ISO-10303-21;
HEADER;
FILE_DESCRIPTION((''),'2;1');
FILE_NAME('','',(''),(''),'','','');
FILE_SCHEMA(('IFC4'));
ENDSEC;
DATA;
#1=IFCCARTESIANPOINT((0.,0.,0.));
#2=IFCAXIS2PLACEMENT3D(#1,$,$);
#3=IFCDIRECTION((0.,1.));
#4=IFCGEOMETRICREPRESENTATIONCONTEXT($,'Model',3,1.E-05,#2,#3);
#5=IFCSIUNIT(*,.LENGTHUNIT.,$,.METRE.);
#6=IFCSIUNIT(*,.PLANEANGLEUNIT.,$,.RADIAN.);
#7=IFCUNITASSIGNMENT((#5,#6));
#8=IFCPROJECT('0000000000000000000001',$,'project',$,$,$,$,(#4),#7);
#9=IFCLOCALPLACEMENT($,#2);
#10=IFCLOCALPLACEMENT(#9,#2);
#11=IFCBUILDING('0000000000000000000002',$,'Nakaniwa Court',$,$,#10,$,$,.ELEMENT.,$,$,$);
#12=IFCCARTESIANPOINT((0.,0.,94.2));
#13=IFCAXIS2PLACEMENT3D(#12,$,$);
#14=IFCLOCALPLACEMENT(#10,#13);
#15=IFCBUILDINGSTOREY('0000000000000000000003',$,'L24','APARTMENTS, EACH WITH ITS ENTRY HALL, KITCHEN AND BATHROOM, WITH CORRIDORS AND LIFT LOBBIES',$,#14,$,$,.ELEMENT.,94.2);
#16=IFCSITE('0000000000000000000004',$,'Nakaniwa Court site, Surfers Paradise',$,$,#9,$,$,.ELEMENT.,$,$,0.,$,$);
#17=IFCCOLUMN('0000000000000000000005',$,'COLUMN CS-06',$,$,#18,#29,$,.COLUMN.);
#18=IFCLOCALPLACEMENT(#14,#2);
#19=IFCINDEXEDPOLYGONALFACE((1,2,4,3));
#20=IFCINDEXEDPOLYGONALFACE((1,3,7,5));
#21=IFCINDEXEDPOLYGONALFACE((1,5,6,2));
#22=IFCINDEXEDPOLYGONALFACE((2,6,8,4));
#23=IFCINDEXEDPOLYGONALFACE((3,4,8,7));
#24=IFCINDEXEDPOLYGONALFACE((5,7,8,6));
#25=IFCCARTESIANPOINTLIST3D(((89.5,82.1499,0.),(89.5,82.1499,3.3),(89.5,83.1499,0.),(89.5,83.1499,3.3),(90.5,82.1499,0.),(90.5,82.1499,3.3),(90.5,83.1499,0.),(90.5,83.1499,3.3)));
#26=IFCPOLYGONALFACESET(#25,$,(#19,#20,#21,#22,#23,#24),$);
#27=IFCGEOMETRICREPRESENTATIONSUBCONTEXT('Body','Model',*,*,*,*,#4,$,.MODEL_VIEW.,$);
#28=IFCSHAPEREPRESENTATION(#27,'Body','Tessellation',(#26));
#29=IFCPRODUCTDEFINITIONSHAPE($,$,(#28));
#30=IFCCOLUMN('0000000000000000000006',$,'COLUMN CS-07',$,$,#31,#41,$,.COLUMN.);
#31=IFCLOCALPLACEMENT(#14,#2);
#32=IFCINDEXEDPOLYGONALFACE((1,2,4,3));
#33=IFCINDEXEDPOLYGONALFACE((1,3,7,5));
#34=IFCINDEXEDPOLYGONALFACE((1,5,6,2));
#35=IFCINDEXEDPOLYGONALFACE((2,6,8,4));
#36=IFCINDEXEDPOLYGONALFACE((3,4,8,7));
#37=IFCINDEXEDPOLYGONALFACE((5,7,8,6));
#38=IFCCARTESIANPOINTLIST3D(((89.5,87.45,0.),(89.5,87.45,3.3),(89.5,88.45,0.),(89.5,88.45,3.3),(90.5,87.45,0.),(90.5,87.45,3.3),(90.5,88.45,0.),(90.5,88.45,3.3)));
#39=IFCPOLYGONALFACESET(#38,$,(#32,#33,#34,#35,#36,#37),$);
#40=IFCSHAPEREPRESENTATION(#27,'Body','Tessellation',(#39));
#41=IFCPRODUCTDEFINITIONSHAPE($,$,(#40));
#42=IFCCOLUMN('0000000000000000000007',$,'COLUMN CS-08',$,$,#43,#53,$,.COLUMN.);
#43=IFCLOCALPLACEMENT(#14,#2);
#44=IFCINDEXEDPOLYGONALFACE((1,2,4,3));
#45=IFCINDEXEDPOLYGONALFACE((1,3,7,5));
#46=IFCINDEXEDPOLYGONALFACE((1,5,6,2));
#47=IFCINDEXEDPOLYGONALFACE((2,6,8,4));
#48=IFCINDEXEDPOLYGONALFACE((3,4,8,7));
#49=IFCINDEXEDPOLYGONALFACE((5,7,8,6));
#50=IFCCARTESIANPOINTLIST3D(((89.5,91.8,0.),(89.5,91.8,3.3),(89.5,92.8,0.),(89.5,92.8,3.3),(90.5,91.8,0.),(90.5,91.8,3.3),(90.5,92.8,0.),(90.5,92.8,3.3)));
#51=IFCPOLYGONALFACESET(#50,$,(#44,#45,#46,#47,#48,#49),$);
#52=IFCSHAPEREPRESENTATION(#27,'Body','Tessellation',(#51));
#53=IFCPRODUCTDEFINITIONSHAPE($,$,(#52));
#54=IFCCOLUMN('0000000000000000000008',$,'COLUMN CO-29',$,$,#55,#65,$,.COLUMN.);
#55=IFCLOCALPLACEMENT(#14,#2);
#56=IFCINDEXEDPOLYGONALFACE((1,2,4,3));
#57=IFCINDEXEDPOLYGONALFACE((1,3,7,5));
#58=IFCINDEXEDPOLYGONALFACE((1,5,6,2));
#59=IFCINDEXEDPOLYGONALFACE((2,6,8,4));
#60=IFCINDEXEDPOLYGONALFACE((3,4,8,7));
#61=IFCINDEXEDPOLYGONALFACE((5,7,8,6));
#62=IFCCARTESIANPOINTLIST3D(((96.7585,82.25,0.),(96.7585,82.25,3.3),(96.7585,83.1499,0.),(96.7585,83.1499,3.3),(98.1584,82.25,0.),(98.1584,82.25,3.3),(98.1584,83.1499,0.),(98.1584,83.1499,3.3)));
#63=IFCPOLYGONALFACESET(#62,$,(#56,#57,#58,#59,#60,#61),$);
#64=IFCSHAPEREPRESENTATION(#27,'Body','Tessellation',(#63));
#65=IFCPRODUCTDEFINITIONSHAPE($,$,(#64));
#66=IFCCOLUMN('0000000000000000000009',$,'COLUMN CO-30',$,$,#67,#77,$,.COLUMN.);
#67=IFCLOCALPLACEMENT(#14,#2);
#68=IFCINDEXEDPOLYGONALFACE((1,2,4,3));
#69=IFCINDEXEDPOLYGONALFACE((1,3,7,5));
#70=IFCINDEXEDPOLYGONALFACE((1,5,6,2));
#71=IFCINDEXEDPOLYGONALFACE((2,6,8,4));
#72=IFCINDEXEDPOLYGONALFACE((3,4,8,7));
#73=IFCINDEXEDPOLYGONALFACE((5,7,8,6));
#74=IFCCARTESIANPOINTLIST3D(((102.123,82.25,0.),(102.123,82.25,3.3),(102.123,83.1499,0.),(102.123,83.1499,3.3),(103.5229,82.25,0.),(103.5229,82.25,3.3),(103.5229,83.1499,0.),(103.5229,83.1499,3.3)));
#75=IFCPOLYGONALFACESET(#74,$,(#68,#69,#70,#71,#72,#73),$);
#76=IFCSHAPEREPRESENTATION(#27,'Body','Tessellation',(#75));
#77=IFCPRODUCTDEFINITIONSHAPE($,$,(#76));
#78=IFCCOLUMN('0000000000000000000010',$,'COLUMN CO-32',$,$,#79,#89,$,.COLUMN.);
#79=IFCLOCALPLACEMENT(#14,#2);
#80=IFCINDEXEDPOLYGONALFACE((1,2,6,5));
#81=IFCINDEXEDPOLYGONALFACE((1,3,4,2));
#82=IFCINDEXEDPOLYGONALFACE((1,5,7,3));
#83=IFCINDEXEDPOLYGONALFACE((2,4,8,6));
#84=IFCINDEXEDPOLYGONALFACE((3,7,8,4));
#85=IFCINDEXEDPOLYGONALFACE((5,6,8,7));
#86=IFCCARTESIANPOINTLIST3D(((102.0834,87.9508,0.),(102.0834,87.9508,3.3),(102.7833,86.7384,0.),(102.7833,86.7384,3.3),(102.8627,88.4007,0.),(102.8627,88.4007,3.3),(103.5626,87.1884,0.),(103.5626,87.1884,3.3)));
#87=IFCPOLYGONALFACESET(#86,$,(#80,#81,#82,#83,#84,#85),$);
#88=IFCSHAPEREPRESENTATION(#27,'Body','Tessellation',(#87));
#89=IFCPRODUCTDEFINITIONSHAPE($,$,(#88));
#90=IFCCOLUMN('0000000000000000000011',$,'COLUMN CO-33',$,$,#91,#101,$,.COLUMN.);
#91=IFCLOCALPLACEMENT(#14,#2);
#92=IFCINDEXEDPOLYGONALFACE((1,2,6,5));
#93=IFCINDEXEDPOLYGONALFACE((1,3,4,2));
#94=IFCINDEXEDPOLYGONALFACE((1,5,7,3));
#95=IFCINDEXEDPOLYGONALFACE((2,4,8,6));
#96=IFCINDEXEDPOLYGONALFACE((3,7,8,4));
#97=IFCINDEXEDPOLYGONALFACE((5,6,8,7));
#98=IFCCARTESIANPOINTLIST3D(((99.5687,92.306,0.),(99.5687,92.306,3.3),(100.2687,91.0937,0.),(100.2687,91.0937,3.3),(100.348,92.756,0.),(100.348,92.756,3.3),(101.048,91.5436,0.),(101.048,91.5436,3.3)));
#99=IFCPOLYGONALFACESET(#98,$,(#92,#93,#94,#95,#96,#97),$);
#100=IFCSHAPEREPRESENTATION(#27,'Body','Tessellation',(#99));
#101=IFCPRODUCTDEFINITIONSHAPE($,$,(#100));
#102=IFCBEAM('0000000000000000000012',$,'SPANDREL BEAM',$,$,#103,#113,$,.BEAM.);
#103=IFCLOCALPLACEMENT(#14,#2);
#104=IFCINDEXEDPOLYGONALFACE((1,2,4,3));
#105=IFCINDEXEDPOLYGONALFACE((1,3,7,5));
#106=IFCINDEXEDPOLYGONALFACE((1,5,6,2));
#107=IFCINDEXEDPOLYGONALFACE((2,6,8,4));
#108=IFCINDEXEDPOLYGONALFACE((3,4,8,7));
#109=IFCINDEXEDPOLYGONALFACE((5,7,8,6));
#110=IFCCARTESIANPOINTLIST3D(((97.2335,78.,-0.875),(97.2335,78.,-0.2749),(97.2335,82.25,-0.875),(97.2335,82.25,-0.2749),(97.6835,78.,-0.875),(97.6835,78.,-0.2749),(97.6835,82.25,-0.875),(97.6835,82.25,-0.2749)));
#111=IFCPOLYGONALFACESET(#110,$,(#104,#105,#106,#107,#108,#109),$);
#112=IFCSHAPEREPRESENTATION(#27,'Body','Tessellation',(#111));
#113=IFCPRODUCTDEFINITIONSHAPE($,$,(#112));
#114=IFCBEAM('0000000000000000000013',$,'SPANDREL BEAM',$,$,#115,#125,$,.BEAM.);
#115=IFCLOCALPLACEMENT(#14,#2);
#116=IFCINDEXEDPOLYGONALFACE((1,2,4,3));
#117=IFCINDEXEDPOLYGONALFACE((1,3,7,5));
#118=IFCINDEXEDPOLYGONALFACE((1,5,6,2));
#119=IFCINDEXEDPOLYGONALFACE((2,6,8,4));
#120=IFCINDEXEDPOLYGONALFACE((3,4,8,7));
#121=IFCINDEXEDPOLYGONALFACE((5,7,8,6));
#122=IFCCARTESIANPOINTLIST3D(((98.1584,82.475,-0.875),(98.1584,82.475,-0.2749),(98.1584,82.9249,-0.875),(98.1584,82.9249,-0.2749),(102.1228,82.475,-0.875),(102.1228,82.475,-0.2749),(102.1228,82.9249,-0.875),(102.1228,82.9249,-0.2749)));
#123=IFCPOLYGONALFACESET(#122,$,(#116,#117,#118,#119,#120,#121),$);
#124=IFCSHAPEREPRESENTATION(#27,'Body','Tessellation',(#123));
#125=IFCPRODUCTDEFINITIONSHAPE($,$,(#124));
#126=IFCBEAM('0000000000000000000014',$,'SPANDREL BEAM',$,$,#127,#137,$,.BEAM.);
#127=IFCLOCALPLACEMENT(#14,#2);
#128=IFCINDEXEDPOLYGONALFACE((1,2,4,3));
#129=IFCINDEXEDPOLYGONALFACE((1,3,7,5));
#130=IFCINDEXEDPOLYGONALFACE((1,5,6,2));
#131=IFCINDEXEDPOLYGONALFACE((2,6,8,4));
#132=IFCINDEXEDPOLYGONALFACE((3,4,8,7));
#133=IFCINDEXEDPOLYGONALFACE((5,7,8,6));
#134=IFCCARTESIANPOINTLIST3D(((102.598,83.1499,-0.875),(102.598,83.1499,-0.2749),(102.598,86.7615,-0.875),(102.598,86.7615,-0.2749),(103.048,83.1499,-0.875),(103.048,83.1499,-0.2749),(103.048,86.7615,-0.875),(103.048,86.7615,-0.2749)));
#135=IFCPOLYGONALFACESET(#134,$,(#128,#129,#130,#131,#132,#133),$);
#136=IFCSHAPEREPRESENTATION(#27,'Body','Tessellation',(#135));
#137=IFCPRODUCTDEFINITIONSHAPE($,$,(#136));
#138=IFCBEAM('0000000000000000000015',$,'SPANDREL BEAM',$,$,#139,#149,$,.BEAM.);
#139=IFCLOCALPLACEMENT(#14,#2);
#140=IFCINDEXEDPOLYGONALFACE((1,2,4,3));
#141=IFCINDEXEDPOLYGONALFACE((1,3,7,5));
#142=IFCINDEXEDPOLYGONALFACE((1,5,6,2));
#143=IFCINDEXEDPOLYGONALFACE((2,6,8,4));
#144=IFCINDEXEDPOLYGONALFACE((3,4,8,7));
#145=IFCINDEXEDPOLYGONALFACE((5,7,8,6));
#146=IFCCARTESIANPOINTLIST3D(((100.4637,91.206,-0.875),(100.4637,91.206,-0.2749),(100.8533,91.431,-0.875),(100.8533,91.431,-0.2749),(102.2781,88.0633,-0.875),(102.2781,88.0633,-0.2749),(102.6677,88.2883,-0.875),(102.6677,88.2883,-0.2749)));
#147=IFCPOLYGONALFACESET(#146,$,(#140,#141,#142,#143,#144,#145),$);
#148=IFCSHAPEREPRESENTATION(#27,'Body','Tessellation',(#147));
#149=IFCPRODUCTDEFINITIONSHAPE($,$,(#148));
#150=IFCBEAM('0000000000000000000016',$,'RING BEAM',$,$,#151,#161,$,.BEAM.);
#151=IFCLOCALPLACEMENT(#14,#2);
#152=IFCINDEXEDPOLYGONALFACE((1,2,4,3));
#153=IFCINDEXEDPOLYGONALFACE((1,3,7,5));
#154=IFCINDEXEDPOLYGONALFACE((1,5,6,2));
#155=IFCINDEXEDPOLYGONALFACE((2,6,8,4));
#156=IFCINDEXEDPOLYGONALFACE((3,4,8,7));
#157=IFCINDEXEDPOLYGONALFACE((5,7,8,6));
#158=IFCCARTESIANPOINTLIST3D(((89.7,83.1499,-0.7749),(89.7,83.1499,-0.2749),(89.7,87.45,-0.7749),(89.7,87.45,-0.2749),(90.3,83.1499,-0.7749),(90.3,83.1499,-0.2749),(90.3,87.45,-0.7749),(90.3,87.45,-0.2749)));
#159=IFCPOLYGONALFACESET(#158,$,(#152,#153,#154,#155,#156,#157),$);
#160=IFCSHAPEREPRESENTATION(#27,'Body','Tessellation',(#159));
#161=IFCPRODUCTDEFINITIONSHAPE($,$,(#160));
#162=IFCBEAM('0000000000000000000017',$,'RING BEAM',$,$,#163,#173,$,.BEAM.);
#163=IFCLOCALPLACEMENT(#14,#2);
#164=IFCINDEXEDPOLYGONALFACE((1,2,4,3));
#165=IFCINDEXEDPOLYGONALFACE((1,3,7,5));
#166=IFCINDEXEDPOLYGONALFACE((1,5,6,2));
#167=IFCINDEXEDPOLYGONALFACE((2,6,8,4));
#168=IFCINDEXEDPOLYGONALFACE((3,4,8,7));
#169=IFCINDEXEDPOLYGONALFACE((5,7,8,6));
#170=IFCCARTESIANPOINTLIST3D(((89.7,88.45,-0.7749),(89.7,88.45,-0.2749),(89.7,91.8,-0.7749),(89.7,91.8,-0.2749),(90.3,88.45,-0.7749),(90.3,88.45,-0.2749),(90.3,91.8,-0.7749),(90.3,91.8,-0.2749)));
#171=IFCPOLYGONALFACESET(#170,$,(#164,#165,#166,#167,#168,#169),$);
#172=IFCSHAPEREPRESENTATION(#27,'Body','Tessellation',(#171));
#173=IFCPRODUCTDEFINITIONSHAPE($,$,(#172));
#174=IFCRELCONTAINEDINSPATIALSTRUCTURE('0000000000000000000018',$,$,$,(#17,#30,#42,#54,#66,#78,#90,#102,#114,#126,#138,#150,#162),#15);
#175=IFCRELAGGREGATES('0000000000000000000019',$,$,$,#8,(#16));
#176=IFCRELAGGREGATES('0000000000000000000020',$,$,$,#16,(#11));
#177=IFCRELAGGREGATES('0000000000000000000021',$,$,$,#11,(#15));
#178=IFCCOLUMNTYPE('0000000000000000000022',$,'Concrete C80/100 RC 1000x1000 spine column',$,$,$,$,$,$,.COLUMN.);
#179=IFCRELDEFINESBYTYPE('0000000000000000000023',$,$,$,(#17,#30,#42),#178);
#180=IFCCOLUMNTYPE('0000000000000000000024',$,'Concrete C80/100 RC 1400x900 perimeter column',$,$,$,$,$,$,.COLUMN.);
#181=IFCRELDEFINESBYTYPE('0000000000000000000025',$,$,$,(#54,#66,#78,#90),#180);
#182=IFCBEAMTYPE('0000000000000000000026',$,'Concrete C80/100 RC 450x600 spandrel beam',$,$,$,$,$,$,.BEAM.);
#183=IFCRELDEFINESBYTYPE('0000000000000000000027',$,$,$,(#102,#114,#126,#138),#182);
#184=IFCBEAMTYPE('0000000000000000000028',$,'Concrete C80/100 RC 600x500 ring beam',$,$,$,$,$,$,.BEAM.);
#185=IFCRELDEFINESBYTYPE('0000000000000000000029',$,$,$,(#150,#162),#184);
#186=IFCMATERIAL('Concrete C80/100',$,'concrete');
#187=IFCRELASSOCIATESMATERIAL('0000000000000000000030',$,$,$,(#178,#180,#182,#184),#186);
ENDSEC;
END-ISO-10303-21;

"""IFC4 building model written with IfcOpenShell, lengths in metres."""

from ifc_helpers import new_model, si_unit, direction, frame, origin, origin_2d, place, context, subcontext, project, spatial, rectangle, extrude, material, material_profile, profile_set, type_object, element, save


model = new_model("IFC4")

# Units and contexts
model_context = context("Model", 3, precision=1e-05, world=origin(), true_north=direction((0.0, 1.0)))
body_context = subcontext(model_context, "Body", "Model", "MODEL_VIEW")
ifc_project = project(units=[si_unit("LENGTHUNIT", "METRE"), si_unit("PLANEANGLEUNIT", "RADIAN")], contexts=[model_context])

# Site, building, storey
site_placement = place(None, origin())
site = spatial("IfcSite", under=ifc_project, at=site_placement, Name="Nakaniwa Court site, Surfers Paradise", CompositionType="ELEMENT", RefElevation=0.0)
building_placement = place(site_placement, origin())
building = spatial("IfcBuilding", under=site, at=building_placement, Name="Nakaniwa Court", CompositionType="ELEMENT")
storey_placement = place(building_placement, frame((0.0, 0.0, 94.2)))
storey = spatial("IfcBuildingStorey", under=building, at=storey_placement, Name="L24", Description="APARTMENTS, EACH WITH ITS ENTRY HALL, KITCHEN AND BATHROOM, WITH CORRIDORS AND LIFT LOBBIES", CompositionType="ELEMENT", Elevation=94.2)

# Columns
ifc_material_1 = material(Name="Concrete C80/100", Category="concrete")
ifc_material_profile_1 = material_profile(ifc_material_1, rectangle(XDim=1.0, YDim=1.0, at=origin_2d()), Name="Concrete C80/100 RC 1000x1000 spine column")
ifc_profile_set_1 = profile_set([ifc_material_profile_1], Name="Concrete C80/100")
column_type_1 = type_object("IfcColumnType", Name="Concrete C80/100 RC 1000x1000 spine column", PredefinedType="COLUMN", material=ifc_profile_set_1)
for number, where, z_axis, x_axis, name in (
    (1, (90.0, 82.6499, 0.0), (0.0, 0.0, 1.0), (0.0, 1.0, 0.0), "COLUMN CS-06"),
    (2, (90.0, 87.95, 0.0), (0.0, 0.0, 1.0), (0.0, 1.0, 0.0), "COLUMN CS-07"),
    (3, (90.0, 92.3, 0.0), (0.0, 0.0, 1.0), (0.0, 1.0, 0.0), "COLUMN CS-08"),
):
    element("IfcColumn", number, at=place(storey_placement, frame(where, z_axis=z_axis, x_axis=x_axis)), inside=storey, type_object=column_type_1, Name=name, PredefinedType="COLUMN", context=body_context, shape_type="SweptSolid", body=[
        extrude(rectangle(XDim=1.0, YDim=1.0, at=origin_2d()), origin(), (0.0, 0.0, 1.0), 3.3),
    ])
ifc_material_profile_2 = material_profile(ifc_material_1, rectangle(XDim=1.3999, YDim=0.8999, at=origin_2d()), Name="Concrete C80/100 RC 1400x900 perimeter column")
ifc_profile_set_2 = profile_set([ifc_material_profile_2], Name="Concrete C80/100")
column_type_2 = type_object("IfcColumnType", Name="Concrete C80/100 RC 1400x900 perimeter column", PredefinedType="COLUMN", material=ifc_profile_set_2)
for number, where, z_axis, x_axis, name in (
    (4, (97.4585, 82.7, 0.0), (0.0, 0.0, 1.0), (1.0, 0.0, 0.0), "COLUMN CO-29"),
    (5, (102.823, 82.7, 0.0), (0.0, 0.0, 1.0), (1.0, 0.0, 0.0), "COLUMN CO-30"),
    (6, (102.823, 87.5696, 0.0), (0.0, 0.0, 1.0), (-0.5, 0.866025, 0.0), "COLUMN CO-32"),
    (7, (100.3083, 91.9248, 0.0), (0.0, 0.0, 1.0), (-0.5, 0.866025, 0.0), "COLUMN CO-33"),
):
    element("IfcColumn", number, at=place(storey_placement, frame(where, z_axis=z_axis, x_axis=x_axis)), inside=storey, type_object=column_type_2, Name=name, PredefinedType="COLUMN", context=body_context, shape_type="SweptSolid", body=[
        extrude(rectangle(XDim=1.3999, YDim=0.8999, at=origin_2d()), origin(), (0.0, 0.0, 1.0), 3.3),
    ])

# Beams
ifc_material_profile_3 = material_profile(ifc_material_1, rectangle(XDim=0.45, YDim=0.6001, at=origin_2d()), Name="Concrete C80/100 RC 450x600 spandrel beam")
ifc_profile_set_3 = profile_set([ifc_material_profile_3], Name="Concrete C80/100")
beam_type_1 = type_object("IfcBeamType", Name="Concrete C80/100 RC 450x600 spandrel beam", PredefinedType="BEAM", material=ifc_profile_set_3)
beam_1_placement = place(storey_placement, frame((97.4585, 78.0, -0.575), z_axis=(0.0, 1.0, 0.0), x_axis=(-1.0, 0.0, 0.0)))
element("IfcBeam", 8, at=beam_1_placement, inside=storey, type_object=beam_type_1, Name="SPANDREL BEAM", PredefinedType="BEAM", context=body_context, shape_type="SweptSolid", body=[
    extrude(rectangle(XDim=0.45, YDim=0.6001, at=origin_2d()), origin(), (0.0, 0.0, 1.0), 4.25),
])
beam_2_placement = place(storey_placement, frame((98.1584, 82.7, -0.575), z_axis=(1.0, 0.0, 0.0), x_axis=(0.0, 1.0, 0.0)))
element("IfcBeam", 9, at=beam_2_placement, inside=storey, type_object=beam_type_1, Name="SPANDREL BEAM", PredefinedType="BEAM", context=body_context, shape_type="SweptSolid", body=[
    extrude(rectangle(XDim=0.45, YDim=0.6001, at=origin_2d()), origin(), (0.0, 0.0, 1.0), 3.9644),
])
beam_3_placement = place(storey_placement, frame((102.823, 83.1499, -0.575), z_axis=(0.0, 1.0, 0.0), x_axis=(-1.0, 0.0, 0.0)))
element("IfcBeam", 10, at=beam_3_placement, inside=storey, type_object=beam_type_1, Name="SPANDREL BEAM", PredefinedType="BEAM", context=body_context, shape_type="SweptSolid", body=[
    extrude(rectangle(XDim=0.45, YDim=0.6001, at=origin_2d()), origin(), (0.0, 0.0, 1.0), 3.6116),
])
beam_4_placement = place(storey_placement, frame((102.4729, 88.1758, -0.575), z_axis=(-0.499988, 0.866032, 0.0), x_axis=(-0.866032, -0.499988, 0.0)))
element("IfcBeam", 11, at=beam_4_placement, inside=storey, type_object=beam_type_1, Name="SPANDREL BEAM", PredefinedType="BEAM", context=body_context, shape_type="SweptSolid", body=[
    extrude(rectangle(XDim=0.45, YDim=0.6001, at=origin_2d()), origin(), (0.0, 0.0, 1.0), 3.6289),
])
ifc_material_profile_4 = material_profile(ifc_material_1, rectangle(XDim=0.6001, YDim=0.5, at=origin_2d()), Name="Concrete C80/100 RC 600x500 ring beam")
ifc_profile_set_4 = profile_set([ifc_material_profile_4], Name="Concrete C80/100")
beam_type_2 = type_object("IfcBeamType", Name="Concrete C80/100 RC 600x500 ring beam", PredefinedType="BEAM", material=ifc_profile_set_4)
beam_5_placement = place(storey_placement, frame((90.0, 83.1499, -0.5249), z_axis=(0.0, 1.0, 0.0), x_axis=(-1.0, 0.0, 0.0)))
element("IfcBeam", 12, at=beam_5_placement, inside=storey, type_object=beam_type_2, Name="RING BEAM", PredefinedType="BEAM", context=body_context, shape_type="SweptSolid", body=[
    extrude(rectangle(XDim=0.6001, YDim=0.5, at=origin_2d()), origin(), (0.0, 0.0, 1.0), 4.3),
])
beam_6_placement = place(storey_placement, frame((90.0, 88.45, -0.5249), z_axis=(0.0, 1.0, 0.0), x_axis=(-1.0, 0.0, 0.0)))
element("IfcBeam", 13, at=beam_6_placement, inside=storey, type_object=beam_type_2, Name="RING BEAM", PredefinedType="BEAM", context=body_context, shape_type="SweptSolid", body=[
    extrude(rectangle(XDim=0.6001, YDim=0.5, at=origin_2d()), origin(), (0.0, 0.0, 1.0), 3.3501),
])

save(model, "model.ifc")
